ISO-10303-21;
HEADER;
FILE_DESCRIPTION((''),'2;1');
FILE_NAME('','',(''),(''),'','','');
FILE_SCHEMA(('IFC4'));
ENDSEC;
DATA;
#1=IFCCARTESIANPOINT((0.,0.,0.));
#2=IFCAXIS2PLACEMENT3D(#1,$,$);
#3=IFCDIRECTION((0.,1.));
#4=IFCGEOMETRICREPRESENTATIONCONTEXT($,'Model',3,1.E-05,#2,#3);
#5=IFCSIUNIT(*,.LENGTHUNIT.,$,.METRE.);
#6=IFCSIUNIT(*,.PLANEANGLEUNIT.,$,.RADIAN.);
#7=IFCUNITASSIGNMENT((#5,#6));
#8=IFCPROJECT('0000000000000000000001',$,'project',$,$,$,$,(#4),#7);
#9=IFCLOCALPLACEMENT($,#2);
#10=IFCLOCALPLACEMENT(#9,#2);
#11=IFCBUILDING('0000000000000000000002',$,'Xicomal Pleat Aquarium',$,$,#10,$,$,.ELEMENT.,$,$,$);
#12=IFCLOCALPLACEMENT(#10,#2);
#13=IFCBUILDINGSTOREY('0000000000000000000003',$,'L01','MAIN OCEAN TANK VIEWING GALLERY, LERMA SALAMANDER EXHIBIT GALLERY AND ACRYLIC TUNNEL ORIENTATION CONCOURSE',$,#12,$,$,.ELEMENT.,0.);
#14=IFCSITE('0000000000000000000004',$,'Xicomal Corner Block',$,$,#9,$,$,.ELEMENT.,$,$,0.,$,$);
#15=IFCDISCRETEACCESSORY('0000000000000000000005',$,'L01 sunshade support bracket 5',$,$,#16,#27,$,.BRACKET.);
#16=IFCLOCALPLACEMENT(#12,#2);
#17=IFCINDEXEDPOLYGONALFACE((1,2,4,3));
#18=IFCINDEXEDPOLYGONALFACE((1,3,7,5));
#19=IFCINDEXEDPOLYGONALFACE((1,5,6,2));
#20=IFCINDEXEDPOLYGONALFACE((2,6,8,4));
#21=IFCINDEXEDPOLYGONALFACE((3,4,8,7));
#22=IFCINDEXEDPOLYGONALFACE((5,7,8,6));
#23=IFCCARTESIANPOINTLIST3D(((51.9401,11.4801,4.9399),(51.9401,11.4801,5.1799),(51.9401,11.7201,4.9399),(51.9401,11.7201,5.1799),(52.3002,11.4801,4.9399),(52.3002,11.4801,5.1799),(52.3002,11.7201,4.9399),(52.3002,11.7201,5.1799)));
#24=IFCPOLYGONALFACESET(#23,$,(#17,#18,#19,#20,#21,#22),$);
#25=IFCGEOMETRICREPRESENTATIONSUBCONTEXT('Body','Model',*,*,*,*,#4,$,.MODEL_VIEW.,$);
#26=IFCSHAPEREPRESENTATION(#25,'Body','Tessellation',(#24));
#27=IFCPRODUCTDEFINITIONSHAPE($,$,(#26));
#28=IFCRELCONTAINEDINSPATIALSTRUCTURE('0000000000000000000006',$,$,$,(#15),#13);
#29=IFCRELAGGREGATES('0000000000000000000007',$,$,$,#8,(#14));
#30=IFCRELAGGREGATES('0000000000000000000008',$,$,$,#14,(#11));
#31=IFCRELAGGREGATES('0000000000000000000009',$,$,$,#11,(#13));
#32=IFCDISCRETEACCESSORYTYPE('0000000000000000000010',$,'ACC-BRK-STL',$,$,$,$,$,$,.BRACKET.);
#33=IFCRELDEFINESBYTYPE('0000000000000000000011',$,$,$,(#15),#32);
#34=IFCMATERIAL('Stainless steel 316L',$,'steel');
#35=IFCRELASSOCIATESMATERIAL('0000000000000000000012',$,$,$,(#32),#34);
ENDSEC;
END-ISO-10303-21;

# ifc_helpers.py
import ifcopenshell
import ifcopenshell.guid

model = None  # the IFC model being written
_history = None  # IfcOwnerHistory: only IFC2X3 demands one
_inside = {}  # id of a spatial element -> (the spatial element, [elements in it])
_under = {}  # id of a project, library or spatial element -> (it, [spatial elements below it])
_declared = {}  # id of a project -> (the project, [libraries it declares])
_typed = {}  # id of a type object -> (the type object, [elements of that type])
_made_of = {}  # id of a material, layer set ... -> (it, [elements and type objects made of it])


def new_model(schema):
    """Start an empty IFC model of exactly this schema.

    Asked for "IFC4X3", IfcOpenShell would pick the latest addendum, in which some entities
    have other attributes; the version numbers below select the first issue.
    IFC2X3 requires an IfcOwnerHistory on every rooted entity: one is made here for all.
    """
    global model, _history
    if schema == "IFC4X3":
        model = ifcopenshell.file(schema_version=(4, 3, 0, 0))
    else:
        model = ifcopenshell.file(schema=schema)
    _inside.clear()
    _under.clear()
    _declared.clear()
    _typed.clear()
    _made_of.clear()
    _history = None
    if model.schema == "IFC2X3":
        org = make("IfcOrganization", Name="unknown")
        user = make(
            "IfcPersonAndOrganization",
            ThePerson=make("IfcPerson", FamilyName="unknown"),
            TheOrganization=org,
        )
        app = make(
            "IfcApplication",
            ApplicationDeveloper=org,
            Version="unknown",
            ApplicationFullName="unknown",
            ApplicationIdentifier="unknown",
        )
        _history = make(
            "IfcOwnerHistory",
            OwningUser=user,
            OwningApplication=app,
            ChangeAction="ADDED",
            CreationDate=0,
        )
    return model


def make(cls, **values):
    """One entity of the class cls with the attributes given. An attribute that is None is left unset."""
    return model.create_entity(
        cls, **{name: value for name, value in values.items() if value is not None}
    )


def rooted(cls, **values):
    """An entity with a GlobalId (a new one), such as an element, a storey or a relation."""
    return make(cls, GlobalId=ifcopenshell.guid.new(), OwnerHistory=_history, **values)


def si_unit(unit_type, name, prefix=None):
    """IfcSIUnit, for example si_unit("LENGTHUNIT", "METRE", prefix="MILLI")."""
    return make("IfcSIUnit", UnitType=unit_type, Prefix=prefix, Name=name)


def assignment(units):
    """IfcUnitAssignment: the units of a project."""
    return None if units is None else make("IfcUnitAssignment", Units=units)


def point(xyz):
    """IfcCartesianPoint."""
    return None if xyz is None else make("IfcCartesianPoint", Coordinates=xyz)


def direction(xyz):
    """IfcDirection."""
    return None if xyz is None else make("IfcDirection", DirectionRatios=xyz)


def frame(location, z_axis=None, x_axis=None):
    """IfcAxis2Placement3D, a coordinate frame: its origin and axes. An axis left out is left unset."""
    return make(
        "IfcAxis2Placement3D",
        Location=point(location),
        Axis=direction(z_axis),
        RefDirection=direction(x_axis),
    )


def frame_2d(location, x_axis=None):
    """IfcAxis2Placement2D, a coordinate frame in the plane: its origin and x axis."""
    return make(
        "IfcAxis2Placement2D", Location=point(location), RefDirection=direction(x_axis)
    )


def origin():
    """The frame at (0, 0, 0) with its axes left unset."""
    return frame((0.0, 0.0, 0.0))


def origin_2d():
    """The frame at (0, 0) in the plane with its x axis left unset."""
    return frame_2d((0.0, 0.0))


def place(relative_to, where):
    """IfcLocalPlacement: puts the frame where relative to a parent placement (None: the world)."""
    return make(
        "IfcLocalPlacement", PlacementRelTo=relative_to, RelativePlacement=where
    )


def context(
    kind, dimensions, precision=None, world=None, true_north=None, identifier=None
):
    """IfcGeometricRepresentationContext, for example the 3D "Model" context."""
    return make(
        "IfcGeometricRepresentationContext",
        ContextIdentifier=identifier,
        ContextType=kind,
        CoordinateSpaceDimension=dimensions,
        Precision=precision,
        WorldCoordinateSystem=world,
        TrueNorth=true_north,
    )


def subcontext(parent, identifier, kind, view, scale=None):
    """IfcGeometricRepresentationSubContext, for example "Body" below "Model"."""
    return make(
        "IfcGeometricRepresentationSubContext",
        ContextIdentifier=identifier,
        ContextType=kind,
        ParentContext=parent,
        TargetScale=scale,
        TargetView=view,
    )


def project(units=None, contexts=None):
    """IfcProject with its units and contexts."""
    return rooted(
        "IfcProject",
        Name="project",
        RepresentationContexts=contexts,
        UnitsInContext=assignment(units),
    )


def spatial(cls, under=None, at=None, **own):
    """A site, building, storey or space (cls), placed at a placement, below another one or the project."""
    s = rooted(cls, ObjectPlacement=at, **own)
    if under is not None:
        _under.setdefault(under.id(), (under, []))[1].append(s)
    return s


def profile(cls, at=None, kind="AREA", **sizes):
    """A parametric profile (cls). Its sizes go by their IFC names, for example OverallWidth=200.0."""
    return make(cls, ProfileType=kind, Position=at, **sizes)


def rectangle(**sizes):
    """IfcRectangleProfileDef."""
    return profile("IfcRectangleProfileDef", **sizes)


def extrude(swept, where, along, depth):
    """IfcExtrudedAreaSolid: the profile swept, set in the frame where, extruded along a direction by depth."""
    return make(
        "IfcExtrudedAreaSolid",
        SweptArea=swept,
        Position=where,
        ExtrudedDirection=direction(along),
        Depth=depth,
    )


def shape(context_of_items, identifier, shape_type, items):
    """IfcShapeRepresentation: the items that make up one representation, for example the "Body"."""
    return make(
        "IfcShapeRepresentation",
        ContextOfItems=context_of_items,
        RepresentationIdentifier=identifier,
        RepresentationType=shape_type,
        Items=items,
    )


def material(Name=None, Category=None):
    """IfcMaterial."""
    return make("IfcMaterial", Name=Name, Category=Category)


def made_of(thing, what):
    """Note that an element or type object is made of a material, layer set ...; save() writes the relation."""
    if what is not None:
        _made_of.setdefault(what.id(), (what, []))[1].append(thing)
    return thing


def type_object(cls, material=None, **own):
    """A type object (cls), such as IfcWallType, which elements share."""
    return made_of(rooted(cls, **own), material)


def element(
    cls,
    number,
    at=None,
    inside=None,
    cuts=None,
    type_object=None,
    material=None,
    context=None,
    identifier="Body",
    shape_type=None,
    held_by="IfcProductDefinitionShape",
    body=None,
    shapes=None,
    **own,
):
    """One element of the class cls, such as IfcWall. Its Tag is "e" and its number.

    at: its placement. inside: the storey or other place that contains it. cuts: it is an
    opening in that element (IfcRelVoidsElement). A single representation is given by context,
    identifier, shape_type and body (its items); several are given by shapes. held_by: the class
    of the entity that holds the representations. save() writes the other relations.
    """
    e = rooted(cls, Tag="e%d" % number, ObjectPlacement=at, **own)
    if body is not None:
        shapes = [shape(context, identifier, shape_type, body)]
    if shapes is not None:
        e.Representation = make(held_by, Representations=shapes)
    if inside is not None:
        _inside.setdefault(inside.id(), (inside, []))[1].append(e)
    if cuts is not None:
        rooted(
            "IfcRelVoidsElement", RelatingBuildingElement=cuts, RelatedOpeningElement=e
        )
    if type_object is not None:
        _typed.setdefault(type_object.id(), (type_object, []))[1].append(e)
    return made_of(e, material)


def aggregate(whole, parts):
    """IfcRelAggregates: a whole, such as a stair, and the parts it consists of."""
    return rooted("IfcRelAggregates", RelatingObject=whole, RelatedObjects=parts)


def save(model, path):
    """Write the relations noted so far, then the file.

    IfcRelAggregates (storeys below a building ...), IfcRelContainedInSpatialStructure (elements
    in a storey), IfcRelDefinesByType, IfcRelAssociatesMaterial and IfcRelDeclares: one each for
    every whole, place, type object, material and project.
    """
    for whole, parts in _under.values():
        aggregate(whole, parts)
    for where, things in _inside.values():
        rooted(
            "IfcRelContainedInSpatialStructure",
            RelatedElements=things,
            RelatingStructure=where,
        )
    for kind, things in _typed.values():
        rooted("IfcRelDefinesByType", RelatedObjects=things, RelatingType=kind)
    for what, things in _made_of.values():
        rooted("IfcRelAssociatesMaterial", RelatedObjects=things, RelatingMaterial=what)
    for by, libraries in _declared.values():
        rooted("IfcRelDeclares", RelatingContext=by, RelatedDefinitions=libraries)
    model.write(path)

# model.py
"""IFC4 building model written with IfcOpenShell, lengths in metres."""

from ifc_helpers import new_model, si_unit, direction, frame, origin, origin_2d, place, context, subcontext, project, spatial, rectangle, extrude, material, type_object, element, save


model = new_model("IFC4")

# Units and contexts
model_context = context("Model", 3, precision=1e-05, world=origin(), true_north=direction((0.0, 1.0)))
body_context = subcontext(model_context, "Body", "Model", "MODEL_VIEW")
ifc_project = project(units=[si_unit("LENGTHUNIT", "METRE"), si_unit("PLANEANGLEUNIT", "RADIAN")], contexts=[model_context])

# Site, building, storey
site_placement = place(None, origin())
site = spatial("IfcSite", under=ifc_project, at=site_placement, Name="Xicomal Corner Block", CompositionType="ELEMENT", RefElevation=0.0)
building_placement = place(site_placement, origin())
building = spatial("IfcBuilding", under=site, at=building_placement, Name="Xicomal Pleat Aquarium", CompositionType="ELEMENT")
storey_placement = place(building_placement, origin())
storey = spatial("IfcBuildingStorey", under=building, at=storey_placement, Name="L01", Description="MAIN OCEAN TANK VIEWING GALLERY, LERMA SALAMANDER EXHIBIT GALLERY AND ACRYLIC TUNNEL ORIENTATION CONCOURSE", CompositionType="ELEMENT", Elevation=0.0)

# Discrete accessory
ifc_material_1 = material(Name="Stainless steel 316L", Category="steel")
discrete_accessory_type = type_object("IfcDiscreteAccessoryType", Name="ACC-BRK-STL", PredefinedType="BRACKET", material=ifc_material_1)
discrete_accessory_placement = place(storey_placement, frame((52.1201, 11.6001, 4.9399), z_axis=(0.0, 0.0, 1.0), x_axis=(0.0, -1.0, 0.0)))
element("IfcDiscreteAccessory", 1, at=discrete_accessory_placement, inside=storey, type_object=discrete_accessory_type, Name="L01 sunshade support bracket 5", PredefinedType="BRACKET", context=body_context, shape_type="SweptSolid", body=[
    extrude(rectangle(XDim=0.24, YDim=0.3601, at=origin_2d()), origin(), (0.0, 0.0, 1.0), 0.24),
])

save(model, "model.ifc")
